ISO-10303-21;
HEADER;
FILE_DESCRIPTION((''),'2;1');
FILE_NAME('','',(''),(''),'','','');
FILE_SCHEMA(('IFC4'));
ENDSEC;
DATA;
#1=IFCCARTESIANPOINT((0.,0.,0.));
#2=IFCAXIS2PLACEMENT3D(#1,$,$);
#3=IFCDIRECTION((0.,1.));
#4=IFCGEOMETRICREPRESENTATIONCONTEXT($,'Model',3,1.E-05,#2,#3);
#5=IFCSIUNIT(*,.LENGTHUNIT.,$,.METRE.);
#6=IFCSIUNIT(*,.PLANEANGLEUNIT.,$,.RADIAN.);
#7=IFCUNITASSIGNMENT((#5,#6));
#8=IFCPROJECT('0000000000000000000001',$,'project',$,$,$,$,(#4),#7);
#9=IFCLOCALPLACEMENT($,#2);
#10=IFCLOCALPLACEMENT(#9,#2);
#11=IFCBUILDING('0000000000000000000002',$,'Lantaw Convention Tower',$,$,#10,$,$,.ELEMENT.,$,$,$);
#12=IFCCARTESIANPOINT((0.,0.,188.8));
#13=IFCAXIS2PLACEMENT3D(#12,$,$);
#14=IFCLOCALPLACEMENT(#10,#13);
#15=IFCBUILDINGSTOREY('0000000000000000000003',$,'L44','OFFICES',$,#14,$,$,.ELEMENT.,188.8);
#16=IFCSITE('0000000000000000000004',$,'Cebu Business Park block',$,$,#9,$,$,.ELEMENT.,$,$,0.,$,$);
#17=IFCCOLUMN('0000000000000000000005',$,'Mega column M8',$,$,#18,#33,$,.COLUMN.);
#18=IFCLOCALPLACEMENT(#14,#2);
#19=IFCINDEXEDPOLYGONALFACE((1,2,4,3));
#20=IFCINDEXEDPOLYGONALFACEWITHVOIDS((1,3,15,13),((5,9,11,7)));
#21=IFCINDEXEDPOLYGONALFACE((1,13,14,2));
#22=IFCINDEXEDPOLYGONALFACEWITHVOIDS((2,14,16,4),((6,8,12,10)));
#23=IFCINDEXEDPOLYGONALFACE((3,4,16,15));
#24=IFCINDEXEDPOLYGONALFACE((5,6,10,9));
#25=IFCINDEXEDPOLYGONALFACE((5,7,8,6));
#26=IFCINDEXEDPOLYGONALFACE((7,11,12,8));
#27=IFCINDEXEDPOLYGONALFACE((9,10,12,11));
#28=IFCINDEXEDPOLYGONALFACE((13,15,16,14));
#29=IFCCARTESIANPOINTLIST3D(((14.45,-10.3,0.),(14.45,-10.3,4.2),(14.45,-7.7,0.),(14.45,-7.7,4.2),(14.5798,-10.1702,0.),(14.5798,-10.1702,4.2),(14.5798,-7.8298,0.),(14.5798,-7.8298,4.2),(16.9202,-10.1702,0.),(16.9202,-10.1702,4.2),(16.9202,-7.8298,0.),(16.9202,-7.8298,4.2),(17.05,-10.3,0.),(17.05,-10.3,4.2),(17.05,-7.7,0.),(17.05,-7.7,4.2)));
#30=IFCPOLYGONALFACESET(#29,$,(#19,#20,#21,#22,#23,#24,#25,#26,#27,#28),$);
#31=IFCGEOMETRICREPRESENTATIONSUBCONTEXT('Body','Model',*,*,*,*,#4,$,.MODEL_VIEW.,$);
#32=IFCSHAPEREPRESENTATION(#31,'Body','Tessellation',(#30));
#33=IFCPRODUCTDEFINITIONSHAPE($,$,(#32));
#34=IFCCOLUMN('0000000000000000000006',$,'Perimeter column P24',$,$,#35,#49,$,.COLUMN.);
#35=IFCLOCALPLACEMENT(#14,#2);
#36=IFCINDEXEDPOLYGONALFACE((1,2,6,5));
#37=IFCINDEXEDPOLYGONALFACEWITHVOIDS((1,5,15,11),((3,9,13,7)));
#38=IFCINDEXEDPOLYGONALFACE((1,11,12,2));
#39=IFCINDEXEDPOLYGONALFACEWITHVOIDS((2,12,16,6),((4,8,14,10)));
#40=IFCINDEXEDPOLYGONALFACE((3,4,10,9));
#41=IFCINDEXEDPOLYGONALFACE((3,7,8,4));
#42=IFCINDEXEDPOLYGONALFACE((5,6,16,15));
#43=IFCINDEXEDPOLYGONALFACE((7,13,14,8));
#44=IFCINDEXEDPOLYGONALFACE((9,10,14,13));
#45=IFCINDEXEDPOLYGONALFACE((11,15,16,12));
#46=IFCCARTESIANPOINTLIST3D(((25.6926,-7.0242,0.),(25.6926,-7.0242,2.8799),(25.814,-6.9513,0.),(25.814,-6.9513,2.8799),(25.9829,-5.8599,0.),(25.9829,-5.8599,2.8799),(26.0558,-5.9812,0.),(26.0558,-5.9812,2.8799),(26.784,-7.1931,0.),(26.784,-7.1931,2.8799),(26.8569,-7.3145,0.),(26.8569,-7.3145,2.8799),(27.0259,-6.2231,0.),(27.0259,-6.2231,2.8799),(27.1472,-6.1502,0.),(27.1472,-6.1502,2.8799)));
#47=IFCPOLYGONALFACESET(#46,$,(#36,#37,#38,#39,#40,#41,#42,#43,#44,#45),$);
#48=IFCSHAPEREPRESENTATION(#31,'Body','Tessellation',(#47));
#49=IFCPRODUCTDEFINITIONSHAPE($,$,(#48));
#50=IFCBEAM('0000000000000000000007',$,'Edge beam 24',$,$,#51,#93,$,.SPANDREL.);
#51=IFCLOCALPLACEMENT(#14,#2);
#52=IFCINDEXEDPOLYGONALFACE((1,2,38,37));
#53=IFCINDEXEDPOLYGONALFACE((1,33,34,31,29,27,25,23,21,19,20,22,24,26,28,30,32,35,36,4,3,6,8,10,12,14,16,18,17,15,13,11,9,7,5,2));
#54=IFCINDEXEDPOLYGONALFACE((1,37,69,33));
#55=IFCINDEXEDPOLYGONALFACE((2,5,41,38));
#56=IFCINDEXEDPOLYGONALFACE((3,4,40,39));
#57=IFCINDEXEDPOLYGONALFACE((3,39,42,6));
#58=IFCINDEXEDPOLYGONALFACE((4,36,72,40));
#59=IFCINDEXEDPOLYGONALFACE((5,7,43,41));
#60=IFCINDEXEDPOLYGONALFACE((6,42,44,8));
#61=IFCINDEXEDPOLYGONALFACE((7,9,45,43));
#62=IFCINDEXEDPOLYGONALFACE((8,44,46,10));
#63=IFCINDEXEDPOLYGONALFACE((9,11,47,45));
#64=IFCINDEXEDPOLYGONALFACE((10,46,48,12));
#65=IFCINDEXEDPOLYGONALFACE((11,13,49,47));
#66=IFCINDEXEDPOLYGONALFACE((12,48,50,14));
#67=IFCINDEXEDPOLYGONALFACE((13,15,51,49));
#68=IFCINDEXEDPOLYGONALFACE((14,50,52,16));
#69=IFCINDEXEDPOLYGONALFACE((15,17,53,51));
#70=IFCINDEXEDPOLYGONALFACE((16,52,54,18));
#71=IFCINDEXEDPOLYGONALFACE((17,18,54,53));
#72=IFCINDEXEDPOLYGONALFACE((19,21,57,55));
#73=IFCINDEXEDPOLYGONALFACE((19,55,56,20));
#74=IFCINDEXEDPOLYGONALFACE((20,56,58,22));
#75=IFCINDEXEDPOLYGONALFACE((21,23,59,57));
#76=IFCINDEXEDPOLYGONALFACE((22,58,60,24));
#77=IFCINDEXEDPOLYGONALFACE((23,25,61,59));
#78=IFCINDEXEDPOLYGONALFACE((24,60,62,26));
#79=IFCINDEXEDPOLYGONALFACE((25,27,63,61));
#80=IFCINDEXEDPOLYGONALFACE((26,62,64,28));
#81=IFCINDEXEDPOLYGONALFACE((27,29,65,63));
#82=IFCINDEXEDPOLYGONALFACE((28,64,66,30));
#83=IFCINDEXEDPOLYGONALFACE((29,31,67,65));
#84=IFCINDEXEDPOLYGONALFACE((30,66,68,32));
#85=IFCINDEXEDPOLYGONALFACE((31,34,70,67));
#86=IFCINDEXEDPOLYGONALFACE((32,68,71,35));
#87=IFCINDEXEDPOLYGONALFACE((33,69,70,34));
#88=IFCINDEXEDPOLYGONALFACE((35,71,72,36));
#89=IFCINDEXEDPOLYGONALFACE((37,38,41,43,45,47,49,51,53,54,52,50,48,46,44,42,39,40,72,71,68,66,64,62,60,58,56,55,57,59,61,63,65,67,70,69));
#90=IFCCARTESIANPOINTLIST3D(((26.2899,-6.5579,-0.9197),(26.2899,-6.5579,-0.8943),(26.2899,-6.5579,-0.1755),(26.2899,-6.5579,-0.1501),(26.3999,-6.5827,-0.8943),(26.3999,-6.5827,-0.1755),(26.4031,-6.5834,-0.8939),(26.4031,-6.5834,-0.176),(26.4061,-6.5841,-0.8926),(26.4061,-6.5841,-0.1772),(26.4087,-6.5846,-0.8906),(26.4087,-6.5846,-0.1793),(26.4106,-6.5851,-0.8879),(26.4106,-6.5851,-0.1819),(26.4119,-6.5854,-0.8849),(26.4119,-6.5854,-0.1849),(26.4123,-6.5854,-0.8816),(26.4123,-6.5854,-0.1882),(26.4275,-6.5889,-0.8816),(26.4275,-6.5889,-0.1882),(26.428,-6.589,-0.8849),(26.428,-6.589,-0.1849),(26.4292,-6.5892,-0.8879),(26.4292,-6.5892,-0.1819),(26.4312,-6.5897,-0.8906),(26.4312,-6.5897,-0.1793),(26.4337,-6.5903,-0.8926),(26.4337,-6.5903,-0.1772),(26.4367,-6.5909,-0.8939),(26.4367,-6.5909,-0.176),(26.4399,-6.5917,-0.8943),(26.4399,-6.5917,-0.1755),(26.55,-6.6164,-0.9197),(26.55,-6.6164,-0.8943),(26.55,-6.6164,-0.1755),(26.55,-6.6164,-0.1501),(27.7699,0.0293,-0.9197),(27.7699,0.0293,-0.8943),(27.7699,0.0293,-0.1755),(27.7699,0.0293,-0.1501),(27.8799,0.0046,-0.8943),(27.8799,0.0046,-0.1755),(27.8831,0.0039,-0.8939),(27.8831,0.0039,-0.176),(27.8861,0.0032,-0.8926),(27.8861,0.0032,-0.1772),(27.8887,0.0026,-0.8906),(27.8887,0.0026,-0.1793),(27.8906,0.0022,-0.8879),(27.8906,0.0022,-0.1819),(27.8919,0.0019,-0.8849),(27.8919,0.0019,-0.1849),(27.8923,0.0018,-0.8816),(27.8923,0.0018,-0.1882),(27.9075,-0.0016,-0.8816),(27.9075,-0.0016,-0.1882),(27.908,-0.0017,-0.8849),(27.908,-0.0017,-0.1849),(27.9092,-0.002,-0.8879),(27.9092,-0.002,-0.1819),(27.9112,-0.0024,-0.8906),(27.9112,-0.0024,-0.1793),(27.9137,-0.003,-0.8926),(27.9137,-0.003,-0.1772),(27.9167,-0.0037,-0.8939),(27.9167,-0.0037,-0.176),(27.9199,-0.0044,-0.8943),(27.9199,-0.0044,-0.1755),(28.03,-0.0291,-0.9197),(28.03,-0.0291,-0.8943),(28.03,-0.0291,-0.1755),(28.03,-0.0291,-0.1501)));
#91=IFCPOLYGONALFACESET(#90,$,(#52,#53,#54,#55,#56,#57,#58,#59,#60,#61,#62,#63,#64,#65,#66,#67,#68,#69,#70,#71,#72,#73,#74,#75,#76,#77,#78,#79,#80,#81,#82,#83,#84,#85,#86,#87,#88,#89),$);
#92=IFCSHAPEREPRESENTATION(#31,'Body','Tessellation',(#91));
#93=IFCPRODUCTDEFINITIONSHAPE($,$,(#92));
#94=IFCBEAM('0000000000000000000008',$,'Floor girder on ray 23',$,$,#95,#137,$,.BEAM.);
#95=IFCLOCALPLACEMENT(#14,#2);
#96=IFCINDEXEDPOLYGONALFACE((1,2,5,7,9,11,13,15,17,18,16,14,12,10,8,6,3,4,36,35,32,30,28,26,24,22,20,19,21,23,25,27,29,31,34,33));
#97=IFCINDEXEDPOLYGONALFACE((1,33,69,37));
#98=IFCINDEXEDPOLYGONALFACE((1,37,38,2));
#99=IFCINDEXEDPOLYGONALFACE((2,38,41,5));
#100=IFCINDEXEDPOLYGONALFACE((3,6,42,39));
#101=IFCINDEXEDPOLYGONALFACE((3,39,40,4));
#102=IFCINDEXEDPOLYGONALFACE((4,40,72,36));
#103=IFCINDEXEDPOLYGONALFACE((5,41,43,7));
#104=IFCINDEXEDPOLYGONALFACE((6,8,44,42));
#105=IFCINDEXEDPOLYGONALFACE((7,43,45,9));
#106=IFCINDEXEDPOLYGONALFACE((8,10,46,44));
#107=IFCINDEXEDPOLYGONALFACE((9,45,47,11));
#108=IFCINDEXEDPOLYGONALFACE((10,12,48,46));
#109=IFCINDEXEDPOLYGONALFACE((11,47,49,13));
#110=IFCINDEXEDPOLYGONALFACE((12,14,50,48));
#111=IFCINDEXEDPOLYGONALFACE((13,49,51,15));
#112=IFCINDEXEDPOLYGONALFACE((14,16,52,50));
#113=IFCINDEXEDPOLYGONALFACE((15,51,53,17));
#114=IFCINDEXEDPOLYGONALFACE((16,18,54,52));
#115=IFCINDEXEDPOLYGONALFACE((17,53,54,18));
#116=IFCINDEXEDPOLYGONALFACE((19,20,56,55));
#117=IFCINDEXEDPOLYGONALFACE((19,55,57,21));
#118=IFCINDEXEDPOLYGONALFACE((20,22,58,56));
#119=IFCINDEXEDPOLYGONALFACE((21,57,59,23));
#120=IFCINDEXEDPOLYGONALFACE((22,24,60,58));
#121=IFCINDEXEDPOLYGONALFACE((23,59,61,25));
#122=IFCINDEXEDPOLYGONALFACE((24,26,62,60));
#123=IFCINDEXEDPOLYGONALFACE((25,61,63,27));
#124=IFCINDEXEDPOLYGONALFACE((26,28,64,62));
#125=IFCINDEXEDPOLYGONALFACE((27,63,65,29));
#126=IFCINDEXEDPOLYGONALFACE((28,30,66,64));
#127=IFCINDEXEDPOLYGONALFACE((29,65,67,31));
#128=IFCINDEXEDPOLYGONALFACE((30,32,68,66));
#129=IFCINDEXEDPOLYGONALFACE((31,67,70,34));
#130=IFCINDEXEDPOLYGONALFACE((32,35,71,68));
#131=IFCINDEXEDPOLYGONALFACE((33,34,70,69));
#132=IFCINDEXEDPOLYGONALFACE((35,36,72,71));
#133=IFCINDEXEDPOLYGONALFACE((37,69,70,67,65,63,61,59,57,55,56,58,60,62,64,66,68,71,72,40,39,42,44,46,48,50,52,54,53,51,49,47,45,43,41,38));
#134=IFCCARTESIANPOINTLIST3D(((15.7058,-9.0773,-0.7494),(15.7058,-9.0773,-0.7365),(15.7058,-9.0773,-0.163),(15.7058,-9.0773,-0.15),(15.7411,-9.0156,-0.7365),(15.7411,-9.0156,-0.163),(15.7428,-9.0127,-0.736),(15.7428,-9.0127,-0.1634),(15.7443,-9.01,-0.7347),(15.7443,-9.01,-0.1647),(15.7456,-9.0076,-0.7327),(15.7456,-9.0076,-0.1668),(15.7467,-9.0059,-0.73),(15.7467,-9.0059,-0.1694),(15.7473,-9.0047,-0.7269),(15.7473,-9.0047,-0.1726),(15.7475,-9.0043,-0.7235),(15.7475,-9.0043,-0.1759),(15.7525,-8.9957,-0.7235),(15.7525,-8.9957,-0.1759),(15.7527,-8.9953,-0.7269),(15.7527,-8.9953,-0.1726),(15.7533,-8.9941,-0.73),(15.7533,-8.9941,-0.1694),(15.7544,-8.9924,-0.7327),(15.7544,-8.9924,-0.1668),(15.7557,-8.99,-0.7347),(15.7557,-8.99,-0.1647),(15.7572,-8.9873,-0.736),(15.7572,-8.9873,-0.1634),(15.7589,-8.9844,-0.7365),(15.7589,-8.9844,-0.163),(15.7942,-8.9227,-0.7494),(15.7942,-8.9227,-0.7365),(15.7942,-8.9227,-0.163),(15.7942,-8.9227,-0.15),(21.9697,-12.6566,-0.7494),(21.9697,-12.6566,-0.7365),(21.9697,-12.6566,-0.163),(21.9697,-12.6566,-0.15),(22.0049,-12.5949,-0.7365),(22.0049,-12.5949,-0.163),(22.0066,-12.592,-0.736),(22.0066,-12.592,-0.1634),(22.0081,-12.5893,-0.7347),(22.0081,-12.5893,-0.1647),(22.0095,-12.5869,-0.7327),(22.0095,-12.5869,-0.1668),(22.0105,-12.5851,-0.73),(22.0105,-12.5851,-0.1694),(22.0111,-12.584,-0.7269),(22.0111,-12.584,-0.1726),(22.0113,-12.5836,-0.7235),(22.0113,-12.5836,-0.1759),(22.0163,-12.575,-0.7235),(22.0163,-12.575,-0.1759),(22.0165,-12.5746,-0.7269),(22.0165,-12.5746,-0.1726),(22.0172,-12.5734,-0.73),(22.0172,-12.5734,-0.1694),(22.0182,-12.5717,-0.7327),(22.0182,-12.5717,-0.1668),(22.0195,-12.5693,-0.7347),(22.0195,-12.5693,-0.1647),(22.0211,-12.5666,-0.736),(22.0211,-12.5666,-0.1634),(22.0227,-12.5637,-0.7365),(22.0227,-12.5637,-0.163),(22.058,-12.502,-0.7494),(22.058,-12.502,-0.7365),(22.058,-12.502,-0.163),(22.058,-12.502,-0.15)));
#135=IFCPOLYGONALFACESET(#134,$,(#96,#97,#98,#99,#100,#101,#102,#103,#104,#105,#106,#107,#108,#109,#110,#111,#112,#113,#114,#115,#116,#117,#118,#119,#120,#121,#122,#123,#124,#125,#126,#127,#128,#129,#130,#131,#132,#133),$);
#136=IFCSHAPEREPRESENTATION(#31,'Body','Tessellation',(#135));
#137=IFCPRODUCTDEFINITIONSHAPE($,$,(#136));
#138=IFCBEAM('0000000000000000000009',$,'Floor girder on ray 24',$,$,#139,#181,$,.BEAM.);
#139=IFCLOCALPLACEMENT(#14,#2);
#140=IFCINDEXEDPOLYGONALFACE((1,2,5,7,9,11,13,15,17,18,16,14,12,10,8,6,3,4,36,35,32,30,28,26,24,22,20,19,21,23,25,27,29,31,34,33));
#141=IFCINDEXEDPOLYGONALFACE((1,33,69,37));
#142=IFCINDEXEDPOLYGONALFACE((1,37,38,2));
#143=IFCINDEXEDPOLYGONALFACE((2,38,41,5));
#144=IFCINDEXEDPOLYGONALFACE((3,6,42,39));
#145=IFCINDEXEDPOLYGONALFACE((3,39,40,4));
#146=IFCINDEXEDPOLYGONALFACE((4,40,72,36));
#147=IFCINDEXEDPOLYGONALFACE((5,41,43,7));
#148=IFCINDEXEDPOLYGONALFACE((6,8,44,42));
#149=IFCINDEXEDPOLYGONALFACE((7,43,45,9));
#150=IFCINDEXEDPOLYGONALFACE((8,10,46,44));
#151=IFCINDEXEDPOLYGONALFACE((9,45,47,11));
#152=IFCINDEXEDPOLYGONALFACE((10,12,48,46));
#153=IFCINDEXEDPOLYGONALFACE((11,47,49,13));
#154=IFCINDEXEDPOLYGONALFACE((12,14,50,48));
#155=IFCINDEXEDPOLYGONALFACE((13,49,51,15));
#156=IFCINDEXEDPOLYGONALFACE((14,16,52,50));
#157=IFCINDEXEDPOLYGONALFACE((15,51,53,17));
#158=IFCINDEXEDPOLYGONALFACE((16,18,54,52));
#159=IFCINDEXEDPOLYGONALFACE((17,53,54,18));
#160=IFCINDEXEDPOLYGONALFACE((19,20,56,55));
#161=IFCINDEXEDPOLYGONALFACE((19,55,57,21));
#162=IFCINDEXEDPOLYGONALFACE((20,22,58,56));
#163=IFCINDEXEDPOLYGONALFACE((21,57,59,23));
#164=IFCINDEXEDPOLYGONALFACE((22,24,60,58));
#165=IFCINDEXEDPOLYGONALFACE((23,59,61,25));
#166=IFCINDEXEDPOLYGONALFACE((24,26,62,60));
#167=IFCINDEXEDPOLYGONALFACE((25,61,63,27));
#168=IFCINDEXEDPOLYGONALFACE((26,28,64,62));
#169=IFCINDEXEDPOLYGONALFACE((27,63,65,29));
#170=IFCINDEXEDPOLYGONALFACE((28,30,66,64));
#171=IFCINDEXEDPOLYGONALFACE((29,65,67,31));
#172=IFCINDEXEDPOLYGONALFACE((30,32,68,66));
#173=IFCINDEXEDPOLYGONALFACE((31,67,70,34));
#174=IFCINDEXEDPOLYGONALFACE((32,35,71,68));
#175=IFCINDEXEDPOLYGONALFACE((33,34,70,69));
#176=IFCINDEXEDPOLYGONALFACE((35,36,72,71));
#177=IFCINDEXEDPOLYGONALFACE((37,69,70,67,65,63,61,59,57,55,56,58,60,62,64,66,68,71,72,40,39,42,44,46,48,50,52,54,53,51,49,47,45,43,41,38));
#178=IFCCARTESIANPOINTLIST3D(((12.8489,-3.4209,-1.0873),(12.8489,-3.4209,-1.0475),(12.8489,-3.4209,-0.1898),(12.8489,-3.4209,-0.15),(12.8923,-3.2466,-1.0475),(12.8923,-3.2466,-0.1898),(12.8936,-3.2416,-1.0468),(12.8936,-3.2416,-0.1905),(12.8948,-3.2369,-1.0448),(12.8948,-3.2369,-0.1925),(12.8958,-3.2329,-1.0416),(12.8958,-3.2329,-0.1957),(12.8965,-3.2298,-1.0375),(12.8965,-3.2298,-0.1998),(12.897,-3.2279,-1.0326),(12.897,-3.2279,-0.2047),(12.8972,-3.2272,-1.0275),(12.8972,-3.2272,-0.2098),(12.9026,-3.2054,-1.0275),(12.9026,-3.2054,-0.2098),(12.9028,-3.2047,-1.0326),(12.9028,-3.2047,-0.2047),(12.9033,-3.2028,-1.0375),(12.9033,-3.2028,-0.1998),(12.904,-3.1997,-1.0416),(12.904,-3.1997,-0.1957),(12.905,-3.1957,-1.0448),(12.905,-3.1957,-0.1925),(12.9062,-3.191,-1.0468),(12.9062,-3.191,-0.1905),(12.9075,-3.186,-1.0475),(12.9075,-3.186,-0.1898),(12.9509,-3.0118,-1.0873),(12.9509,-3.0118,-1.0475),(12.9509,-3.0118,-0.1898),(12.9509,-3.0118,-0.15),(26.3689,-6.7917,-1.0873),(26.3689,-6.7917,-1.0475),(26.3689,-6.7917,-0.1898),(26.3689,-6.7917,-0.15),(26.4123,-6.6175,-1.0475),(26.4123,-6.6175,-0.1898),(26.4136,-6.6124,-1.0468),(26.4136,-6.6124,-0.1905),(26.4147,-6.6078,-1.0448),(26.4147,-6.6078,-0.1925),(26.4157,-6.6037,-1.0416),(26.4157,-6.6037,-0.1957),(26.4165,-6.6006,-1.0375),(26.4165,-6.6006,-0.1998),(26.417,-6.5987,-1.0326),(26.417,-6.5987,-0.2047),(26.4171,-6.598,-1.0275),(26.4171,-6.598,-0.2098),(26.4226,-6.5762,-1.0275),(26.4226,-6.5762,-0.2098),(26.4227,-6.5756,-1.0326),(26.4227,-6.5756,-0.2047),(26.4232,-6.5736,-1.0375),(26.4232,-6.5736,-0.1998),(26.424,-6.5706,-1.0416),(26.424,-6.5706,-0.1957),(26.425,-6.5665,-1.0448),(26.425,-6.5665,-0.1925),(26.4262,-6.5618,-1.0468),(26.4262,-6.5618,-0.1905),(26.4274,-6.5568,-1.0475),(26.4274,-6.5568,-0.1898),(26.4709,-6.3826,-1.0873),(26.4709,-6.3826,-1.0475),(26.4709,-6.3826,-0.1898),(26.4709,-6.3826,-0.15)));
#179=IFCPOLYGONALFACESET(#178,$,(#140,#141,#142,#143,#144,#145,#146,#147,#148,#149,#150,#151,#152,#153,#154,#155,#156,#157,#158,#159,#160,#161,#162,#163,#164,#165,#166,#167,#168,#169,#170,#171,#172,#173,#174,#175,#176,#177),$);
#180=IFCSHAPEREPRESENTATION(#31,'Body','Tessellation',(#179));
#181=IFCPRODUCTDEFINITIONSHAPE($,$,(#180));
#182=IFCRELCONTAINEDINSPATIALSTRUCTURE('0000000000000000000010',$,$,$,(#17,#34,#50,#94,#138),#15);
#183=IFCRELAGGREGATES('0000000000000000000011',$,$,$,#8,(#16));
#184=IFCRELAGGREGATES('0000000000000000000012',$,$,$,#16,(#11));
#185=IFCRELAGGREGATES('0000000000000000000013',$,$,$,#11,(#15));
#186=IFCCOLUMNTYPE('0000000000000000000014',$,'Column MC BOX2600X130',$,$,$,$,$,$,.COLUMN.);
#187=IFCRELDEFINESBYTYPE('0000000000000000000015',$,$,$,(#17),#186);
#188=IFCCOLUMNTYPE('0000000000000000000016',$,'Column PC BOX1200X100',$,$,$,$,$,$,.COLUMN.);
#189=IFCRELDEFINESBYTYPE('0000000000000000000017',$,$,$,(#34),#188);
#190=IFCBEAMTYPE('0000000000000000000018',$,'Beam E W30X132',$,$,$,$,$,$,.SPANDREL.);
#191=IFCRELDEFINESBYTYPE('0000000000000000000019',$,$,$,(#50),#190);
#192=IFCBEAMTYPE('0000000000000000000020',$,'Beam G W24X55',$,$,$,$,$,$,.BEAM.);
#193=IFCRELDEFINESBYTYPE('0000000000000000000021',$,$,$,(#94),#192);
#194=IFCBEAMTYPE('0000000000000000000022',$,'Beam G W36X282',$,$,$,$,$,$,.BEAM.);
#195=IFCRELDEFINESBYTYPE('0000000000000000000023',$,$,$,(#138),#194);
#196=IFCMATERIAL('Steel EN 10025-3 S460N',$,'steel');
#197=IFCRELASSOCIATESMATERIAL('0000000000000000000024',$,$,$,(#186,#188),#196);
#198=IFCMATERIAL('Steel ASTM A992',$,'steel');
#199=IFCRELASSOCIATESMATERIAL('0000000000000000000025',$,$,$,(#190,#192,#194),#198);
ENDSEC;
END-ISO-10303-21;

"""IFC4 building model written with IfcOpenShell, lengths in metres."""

from ifc_helpers import new_model, si_unit, direction, frame, origin, origin_2d, place, context, subcontext, project, spatial, rectangle, hollow_rectangle, i_section, extrude, material, material_profile, profile_set, type_object, element, save


model = new_model("IFC4")

# Units and contexts
model_context = context("Model", 3, precision=1e-05, world=origin(), true_north=direction((0.0, 1.0)))
body_context = subcontext(model_context, "Body", "Model", "MODEL_VIEW")
ifc_project = project(units=[si_unit("LENGTHUNIT", "METRE"), si_unit("PLANEANGLEUNIT", "RADIAN")], contexts=[model_context])

# Site, building, storey
site_placement = place(None, origin())
site = spatial("IfcSite", under=ifc_project, at=site_placement, Name="Cebu Business Park block", CompositionType="ELEMENT", RefElevation=0.0)
building_placement = place(site_placement, origin())
building = spatial("IfcBuilding", under=site, at=building_placement, Name="Lantaw Convention Tower", CompositionType="ELEMENT")
storey_placement = place(building_placement, frame((0.0, 0.0, 188.8)))
storey = spatial("IfcBuildingStorey", under=building, at=storey_placement, Name="L44", Description="OFFICES", CompositionType="ELEMENT", Elevation=188.8)

# Columns
ifc_material_1 = material(Name="Steel EN 10025-3 S460N", Category="steel")
ifc_material_profile_1 = material_profile(ifc_material_1, hollow_rectangle(XDim=2.6001, YDim=2.6001, WallThickness=0.1299, at=origin_2d()), Name="BOX2600X130")
ifc_material_2 = material(Name="Concrete C60/75", Category="concrete")
ifc_material_profile_2 = material_profile(ifc_material_2, rectangle(XDim=2.3401, YDim=2.3401, at=origin_2d()), Name="Concrete fill of BOX2600X130")
ifc_profile_set_1 = profile_set([ifc_material_profile_1, ifc_material_profile_2], Name="Steel EN 10025-3 S460N")
column_type_1 = type_object("IfcColumnType", Name="Column MC BOX2600X130", PredefinedType="COLUMN", material=ifc_profile_set_1)
column_1_placement = place(storey_placement, frame((15.75, -9.0, 0.0), z_axis=(0.0, 0.0, 1.0), x_axis=(1.0, 0.0, 0.0)))
element("IfcColumn", 1, at=column_1_placement, inside=storey, type_object=column_type_1, Name="Mega column M8", PredefinedType="COLUMN", context=body_context, shape_type="SweptSolid", body=[
    extrude(hollow_rectangle(XDim=2.6001, YDim=2.6001, WallThickness=0.1299, at=origin_2d()), origin(), (0.0, 0.0, 1.0), 4.2),
])
ifc_material_profile_3 = material_profile(ifc_material_1, hollow_rectangle(XDim=1.2, YDim=1.2, WallThickness=0.1001, at=origin_2d()), Name="BOX1200X100")
ifc_material_profile_4 = material_profile(ifc_material_2, rectangle(XDim=1.0, YDim=1.0, at=origin_2d()), Name="Concrete fill of BOX1200X100")
ifc_profile_set_2 = profile_set([ifc_material_profile_3, ifc_material_profile_4], Name="Steel EN 10025-3 S460N")
column_type_2 = type_object("IfcColumnType", Name="Column PC BOX1200X100", PredefinedType="COLUMN", material=ifc_profile_set_2)
column_2_placement = place(storey_placement, frame((26.4199, -6.5872, 0.0), z_axis=(0.0, 0.0, 1.0), x_axis=(0.241922, 0.970296, 0.0)))
element("IfcColumn", 2, at=column_2_placement, inside=storey, type_object=column_type_2, Name="Perimeter column P24", PredefinedType="COLUMN", context=body_context, shape_type="SweptSolid", body=[
    extrude(hollow_rectangle(XDim=1.2, YDim=1.2, WallThickness=0.1001, at=origin_2d()), origin(), (0.0, 0.0, 1.0), 2.8799),
])

# Beams
ifc_material_3 = material(Name="Steel ASTM A992", Category="steel")
ifc_material_profile_5 = material_profile(ifc_material_3, i_section(OverallWidth=0.2666, OverallDepth=0.7695, WebThickness=0.0156, FlangeThickness=0.0254, FilletRadius=0.0127, at=origin_2d()), Name="W30X132")
ifc_profile_set_3 = profile_set([ifc_material_profile_5], Name="Steel ASTM A992")
beam_type_1 = type_object("IfcBeamType", Name="Beam E W30X132", PredefinedType="SPANDREL", material=ifc_profile_set_3)
beam_1_placement = place(storey_placement, frame((26.4199, -6.5872, -0.5349), z_axis=(0.219212, 0.975677, 0.0), x_axis=(-0.975677, 0.219212, 0.0)))
element("IfcBeam", 3, at=beam_1_placement, inside=storey, type_object=beam_type_1, Name="Edge beam 24", PredefinedType="SPANDREL", context=body_context, shape_type="SweptSolid", body=[
    extrude(i_section(OverallWidth=0.2666, OverallDepth=0.7695, WebThickness=0.0156, FlangeThickness=0.0254, FilletRadius=0.0127, at=origin_2d()), origin(), (0.0, 0.0, 1.0), 6.7515),
])
ifc_material_profile_6 = material_profile(ifc_material_3, i_section(OverallWidth=0.178, OverallDepth=0.5994, WebThickness=0.01, FlangeThickness=0.0129, FilletRadius=0.0129, at=origin_2d()), Name="W24X55")
ifc_profile_set_4 = profile_set([ifc_material_profile_6], Name="Steel ASTM A992")
beam_type_2 = type_object("IfcBeamType", Name="Beam G W24X55", PredefinedType="BEAM", material=ifc_profile_set_4)
beam_2_placement = place(storey_placement, frame((15.75, -9.0, -0.4497), z_axis=(0.868245, -0.496135, 0.0), x_axis=(0.496135, 0.868245, 0.0)))
element("IfcBeam", 4, at=beam_2_placement, inside=storey, type_object=beam_type_2, Name="Floor girder on ray 23", PredefinedType="BEAM", context=body_context, shape_type="SweptSolid", body=[
    extrude(i_section(OverallWidth=0.178, OverallDepth=0.5994, WebThickness=0.01, FlangeThickness=0.0129, FilletRadius=0.0129, at=origin_2d()), origin(), (0.0, 0.0, 1.0), 7.2144),
])
ifc_material_profile_7 = material_profile(ifc_material_3, i_section(OverallWidth=0.4216, OverallDepth=0.9373, WebThickness=0.0225, FlangeThickness=0.0398, FilletRadius=0.02, at=origin_2d()), Name="W36X282")
ifc_profile_set_5 = profile_set([ifc_material_profile_7], Name="Steel ASTM A992")
beam_type_3 = type_object("IfcBeamType", Name="Beam G W36X282", PredefinedType="BEAM", material=ifc_profile_set_5)
beam_3_placement = place(storey_placement, frame((12.8999, -3.2163, -0.6187), z_axis=(0.970297, -0.241917, 0.0), x_axis=(0.241917, 0.970297, 0.0)))
element("IfcBeam", 5, at=beam_3_placement, inside=storey, type_object=beam_type_3, Name="Floor girder on ray 24", PredefinedType="BEAM", context=body_context, shape_type="SweptSolid", body=[
    extrude(i_section(OverallWidth=0.4216, OverallDepth=0.9373, WebThickness=0.0225, FlangeThickness=0.0398, FilletRadius=0.02, at=origin_2d()), origin(), (0.0, 0.0, 1.0), 13.9338),
])

save(model, "model.ifc")
